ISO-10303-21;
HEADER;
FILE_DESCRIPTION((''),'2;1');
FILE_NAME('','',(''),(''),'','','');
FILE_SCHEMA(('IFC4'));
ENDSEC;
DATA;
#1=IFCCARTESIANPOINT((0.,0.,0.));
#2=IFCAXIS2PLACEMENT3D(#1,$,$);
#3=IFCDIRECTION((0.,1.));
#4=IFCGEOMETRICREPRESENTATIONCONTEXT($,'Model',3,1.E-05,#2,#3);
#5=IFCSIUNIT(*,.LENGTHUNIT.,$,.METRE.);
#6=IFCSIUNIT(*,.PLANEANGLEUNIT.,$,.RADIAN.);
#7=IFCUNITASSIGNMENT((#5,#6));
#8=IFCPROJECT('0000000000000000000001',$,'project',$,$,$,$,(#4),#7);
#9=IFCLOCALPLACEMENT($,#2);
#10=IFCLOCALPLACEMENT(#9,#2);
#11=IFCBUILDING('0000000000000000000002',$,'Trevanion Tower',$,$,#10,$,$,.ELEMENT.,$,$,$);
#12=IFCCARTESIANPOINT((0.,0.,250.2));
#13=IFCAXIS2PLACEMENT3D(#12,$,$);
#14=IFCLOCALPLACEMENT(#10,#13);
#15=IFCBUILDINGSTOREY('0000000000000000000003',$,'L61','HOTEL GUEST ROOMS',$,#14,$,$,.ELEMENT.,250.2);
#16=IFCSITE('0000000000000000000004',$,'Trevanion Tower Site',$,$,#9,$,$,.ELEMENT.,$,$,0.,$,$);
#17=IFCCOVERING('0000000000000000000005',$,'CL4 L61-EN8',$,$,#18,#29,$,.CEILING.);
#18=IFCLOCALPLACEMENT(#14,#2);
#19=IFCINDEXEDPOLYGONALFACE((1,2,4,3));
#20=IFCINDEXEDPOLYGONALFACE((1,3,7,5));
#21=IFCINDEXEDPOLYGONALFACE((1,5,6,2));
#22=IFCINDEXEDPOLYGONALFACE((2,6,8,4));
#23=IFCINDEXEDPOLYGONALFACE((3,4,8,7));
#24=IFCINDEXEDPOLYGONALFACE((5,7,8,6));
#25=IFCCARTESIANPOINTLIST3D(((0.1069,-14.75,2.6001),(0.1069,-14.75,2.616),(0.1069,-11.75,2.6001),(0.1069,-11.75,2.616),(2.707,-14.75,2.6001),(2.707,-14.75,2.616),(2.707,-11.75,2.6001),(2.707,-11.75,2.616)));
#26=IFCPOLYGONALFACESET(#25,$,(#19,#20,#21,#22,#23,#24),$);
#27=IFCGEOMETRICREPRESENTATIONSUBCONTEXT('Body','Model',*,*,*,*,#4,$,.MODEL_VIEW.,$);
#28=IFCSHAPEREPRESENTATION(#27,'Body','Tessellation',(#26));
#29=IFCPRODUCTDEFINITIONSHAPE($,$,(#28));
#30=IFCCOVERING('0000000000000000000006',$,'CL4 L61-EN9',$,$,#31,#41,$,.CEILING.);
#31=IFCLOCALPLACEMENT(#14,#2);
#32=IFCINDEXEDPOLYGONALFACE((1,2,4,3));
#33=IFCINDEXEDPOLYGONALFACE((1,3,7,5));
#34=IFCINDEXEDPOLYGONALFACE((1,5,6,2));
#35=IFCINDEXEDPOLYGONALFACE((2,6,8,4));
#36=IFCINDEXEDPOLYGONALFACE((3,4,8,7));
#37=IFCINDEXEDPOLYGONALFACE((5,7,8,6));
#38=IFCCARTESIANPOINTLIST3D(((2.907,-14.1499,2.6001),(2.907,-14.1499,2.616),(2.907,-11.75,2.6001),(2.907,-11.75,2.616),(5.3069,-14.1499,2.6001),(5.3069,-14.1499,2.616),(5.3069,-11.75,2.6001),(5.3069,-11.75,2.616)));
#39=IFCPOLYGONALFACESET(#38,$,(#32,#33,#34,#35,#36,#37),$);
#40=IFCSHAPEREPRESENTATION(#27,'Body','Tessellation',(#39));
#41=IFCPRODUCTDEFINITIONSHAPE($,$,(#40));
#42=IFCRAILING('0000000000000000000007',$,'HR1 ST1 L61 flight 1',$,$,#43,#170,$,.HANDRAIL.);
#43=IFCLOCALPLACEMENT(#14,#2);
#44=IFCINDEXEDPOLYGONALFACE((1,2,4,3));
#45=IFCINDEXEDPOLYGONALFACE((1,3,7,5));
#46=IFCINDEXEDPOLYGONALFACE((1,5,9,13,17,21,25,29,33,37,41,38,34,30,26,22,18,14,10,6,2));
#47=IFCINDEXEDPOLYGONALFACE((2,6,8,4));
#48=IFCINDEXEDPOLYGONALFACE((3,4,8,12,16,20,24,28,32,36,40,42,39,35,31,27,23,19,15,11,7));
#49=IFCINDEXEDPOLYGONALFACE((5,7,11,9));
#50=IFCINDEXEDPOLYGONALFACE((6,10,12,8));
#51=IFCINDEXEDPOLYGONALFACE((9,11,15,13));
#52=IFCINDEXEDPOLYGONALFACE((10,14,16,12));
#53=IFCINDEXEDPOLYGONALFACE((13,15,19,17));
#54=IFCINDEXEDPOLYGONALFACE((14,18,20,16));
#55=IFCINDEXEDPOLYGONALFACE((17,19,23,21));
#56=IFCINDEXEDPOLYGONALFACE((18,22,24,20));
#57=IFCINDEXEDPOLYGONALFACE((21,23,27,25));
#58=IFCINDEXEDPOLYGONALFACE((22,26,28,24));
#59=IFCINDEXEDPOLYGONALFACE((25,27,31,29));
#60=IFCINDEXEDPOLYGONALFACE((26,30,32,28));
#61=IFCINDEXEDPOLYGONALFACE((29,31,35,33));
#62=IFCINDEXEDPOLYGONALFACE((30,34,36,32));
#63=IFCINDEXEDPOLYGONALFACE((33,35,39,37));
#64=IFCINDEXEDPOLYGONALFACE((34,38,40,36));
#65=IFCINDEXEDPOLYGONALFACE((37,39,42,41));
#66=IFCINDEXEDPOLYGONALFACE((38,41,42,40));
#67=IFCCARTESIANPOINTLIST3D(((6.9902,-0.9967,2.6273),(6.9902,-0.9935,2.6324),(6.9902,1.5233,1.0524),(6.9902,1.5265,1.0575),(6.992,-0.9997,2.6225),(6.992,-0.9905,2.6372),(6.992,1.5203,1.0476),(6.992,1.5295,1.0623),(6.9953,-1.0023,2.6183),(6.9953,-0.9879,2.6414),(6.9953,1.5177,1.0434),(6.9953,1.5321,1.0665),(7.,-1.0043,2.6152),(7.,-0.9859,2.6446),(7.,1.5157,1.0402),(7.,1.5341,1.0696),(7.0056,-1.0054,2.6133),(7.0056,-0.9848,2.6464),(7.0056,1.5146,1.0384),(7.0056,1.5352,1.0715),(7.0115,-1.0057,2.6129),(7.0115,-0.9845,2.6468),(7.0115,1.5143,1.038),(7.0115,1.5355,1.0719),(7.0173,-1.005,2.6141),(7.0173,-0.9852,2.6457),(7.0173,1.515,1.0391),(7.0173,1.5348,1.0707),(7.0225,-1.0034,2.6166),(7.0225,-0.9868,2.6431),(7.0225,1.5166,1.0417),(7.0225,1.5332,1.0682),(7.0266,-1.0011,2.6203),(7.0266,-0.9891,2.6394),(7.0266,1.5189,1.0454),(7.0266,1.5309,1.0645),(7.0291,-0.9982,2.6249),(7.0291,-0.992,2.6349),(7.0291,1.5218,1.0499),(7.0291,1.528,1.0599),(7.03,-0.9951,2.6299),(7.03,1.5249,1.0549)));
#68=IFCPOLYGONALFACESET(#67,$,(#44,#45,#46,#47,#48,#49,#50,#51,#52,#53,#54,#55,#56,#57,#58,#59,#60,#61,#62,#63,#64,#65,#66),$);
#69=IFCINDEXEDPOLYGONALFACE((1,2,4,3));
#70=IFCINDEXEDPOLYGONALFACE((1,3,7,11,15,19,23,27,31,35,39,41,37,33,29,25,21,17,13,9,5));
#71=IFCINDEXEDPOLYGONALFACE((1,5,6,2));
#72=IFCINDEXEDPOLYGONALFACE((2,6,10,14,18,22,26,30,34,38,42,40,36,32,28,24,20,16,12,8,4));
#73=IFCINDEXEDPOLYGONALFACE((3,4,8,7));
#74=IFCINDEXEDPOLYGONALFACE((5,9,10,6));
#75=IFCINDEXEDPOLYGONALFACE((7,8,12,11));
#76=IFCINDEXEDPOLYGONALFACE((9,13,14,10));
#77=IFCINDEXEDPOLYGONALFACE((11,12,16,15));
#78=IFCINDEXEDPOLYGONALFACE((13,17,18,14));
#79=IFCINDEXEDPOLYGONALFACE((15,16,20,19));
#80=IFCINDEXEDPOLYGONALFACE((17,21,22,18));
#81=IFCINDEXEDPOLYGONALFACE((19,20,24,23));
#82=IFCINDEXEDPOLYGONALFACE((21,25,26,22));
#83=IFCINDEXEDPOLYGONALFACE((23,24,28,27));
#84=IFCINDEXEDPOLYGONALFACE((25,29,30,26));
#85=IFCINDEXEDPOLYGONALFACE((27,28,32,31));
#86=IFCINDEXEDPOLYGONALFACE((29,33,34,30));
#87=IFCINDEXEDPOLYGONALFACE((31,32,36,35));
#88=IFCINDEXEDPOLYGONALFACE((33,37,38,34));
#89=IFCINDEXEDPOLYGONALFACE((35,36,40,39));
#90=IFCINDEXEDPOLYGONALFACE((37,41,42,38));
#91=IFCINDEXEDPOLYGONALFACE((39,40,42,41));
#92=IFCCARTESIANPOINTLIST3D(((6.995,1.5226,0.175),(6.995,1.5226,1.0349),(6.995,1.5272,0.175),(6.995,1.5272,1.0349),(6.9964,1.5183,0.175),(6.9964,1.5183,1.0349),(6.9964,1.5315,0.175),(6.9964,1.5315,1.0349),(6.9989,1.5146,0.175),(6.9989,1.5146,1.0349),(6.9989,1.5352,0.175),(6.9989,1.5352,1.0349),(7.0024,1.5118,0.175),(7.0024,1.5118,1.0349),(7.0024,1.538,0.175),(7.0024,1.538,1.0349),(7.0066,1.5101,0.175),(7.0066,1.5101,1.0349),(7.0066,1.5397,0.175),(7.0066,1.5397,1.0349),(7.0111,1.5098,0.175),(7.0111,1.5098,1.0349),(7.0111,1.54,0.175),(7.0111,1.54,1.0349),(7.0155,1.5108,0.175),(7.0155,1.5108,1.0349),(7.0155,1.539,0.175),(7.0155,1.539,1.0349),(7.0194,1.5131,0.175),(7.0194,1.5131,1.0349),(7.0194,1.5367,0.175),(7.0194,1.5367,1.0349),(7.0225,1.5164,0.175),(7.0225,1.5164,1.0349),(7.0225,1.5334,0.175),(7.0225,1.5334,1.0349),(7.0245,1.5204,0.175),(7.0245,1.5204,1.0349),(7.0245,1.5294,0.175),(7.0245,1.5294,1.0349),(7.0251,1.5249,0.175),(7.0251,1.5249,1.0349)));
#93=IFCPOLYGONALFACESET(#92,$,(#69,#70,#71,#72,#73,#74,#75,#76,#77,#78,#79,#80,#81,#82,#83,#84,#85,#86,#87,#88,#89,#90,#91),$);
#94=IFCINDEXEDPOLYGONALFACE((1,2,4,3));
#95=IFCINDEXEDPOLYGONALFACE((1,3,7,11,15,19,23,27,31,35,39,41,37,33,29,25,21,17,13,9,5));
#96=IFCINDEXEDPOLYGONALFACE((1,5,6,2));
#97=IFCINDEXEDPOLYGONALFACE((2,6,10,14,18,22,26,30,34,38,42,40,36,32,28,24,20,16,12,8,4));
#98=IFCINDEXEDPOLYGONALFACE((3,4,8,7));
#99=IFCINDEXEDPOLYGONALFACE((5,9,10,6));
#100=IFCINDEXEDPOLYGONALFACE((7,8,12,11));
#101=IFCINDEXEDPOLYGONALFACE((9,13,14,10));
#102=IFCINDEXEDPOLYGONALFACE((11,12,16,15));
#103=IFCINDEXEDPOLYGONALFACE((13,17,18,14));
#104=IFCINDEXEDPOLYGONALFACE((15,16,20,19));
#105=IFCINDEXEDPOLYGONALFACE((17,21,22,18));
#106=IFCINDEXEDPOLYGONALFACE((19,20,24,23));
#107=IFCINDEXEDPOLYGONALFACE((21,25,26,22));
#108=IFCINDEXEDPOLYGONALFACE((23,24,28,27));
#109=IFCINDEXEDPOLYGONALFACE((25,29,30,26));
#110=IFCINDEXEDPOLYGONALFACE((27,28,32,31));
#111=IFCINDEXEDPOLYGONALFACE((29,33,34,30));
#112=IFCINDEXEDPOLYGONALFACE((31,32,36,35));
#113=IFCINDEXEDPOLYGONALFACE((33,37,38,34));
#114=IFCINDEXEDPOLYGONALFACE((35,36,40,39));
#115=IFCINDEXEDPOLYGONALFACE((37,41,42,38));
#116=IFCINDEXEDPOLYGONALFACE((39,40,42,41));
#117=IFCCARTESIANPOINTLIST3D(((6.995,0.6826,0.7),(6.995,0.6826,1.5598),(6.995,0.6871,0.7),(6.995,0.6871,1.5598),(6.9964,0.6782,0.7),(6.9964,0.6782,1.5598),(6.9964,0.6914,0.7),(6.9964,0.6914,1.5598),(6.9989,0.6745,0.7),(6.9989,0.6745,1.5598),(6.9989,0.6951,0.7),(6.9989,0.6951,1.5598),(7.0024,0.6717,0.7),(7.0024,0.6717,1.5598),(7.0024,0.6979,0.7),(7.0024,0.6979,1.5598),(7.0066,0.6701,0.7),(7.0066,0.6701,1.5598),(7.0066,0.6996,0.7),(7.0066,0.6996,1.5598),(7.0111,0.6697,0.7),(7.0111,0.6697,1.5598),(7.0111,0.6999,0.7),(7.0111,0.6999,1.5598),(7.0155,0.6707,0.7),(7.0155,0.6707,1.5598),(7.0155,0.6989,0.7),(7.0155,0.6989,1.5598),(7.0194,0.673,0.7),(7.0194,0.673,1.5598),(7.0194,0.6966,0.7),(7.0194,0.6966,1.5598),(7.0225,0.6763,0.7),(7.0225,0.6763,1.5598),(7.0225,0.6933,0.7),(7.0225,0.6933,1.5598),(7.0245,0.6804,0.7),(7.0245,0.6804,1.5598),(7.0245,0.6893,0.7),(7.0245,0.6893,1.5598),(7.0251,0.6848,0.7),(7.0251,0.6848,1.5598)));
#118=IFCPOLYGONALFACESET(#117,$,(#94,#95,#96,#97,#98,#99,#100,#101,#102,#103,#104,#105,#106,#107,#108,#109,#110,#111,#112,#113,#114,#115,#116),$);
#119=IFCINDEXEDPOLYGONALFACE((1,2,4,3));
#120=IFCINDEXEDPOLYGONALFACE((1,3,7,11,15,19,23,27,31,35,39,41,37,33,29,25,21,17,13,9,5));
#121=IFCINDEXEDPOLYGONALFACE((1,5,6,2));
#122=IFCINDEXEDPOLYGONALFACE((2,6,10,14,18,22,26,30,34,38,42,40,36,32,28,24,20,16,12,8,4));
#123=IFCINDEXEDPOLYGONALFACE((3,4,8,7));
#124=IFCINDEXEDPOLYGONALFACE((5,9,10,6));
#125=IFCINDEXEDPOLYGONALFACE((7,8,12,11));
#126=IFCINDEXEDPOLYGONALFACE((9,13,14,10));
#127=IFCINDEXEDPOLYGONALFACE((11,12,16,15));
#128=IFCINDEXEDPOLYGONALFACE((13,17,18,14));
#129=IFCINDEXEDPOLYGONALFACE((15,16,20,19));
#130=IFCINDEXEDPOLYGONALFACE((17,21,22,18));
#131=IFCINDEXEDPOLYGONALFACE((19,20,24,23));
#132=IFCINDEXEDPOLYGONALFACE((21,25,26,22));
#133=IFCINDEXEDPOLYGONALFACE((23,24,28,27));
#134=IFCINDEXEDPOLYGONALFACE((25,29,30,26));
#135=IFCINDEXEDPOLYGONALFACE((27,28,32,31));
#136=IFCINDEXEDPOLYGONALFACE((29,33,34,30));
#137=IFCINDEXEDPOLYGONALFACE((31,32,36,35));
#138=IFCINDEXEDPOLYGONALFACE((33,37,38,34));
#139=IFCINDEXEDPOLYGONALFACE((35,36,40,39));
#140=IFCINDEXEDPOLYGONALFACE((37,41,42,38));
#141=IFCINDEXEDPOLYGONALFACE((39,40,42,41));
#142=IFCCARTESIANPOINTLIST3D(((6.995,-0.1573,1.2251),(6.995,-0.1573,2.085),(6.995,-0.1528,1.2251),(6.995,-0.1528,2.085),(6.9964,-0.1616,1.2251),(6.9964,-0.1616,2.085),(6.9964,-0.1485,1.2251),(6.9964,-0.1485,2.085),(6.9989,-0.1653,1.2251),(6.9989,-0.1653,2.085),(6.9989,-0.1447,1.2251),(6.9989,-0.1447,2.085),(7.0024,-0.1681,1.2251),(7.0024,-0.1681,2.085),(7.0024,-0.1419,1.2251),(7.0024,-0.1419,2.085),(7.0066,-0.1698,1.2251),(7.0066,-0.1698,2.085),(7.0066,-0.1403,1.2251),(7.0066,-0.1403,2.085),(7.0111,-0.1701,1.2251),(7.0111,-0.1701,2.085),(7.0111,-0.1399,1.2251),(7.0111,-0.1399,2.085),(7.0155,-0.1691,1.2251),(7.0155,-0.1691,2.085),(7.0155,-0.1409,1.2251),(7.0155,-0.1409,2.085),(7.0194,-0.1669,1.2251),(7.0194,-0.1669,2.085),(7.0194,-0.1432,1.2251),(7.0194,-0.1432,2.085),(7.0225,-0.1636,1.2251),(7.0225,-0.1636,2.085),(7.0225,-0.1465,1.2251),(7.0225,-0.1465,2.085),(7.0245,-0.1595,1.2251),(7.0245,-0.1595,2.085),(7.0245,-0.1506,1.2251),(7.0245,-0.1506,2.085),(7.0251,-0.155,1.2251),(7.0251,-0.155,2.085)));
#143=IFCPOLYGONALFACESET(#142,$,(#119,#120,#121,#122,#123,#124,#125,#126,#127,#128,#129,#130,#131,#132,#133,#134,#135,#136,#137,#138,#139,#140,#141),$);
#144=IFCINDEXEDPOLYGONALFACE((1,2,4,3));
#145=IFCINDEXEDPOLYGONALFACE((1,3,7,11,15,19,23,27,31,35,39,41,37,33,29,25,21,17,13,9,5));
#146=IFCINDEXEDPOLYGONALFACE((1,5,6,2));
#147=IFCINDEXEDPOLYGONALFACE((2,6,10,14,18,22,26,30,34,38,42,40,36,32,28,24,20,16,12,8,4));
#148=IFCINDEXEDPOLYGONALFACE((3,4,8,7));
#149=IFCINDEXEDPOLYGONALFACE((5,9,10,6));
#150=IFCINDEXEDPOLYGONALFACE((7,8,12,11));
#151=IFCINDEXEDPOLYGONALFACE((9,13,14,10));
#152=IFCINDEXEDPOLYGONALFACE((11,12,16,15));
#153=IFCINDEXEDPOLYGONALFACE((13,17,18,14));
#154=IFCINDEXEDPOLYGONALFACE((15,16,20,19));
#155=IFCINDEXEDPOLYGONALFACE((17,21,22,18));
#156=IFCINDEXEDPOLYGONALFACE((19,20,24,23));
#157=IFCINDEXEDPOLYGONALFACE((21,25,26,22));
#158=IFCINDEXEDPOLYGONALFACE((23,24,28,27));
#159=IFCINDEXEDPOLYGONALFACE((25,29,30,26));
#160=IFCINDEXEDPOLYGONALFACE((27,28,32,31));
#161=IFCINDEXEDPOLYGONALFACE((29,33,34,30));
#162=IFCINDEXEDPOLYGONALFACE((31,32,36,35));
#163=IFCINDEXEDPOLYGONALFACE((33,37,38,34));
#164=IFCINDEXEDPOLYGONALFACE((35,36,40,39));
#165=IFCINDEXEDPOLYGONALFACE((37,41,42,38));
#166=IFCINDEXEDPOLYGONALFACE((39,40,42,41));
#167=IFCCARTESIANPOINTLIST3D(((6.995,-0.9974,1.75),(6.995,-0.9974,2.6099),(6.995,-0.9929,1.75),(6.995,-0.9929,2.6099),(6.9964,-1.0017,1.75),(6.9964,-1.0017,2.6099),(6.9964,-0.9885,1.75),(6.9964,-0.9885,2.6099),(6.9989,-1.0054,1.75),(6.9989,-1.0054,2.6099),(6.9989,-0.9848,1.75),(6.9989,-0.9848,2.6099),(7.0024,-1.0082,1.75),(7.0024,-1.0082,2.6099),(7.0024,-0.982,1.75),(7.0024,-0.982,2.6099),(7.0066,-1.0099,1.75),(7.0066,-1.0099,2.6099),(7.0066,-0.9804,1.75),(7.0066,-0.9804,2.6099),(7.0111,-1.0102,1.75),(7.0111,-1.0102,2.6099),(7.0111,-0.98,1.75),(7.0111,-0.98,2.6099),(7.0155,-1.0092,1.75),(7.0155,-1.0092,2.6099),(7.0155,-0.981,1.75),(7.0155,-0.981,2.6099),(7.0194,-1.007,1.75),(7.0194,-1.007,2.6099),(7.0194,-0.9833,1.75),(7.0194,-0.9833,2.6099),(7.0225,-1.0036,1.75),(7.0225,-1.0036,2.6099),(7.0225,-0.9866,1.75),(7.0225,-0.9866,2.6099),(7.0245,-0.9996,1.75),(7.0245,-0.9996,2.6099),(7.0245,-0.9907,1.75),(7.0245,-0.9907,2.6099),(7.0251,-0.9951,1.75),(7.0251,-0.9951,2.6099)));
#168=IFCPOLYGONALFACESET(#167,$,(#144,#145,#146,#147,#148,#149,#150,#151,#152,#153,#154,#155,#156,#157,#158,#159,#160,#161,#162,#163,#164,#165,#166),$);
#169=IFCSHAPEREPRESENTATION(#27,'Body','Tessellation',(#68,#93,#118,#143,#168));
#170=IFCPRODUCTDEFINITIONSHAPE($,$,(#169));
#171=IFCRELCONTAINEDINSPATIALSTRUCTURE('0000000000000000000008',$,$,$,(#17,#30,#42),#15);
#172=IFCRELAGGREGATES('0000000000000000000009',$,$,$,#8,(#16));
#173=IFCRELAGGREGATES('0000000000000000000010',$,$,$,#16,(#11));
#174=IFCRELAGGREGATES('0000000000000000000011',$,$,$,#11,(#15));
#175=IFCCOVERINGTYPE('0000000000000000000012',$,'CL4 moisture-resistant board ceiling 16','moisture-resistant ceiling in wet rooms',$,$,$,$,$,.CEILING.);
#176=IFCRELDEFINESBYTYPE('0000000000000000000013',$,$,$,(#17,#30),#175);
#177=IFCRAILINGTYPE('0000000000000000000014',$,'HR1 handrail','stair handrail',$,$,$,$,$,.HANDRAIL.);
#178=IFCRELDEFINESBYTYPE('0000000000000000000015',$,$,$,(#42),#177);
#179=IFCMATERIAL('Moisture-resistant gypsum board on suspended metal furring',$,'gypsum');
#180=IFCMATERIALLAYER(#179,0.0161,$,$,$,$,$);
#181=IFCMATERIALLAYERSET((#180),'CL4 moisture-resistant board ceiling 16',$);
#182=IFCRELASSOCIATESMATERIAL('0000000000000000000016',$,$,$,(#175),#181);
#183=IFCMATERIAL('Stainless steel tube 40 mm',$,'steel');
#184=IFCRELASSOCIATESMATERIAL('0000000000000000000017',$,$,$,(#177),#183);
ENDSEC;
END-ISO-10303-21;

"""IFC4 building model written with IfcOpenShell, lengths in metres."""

from ifc_helpers import new_model, si_unit, direction, frame, origin, origin_2d, place, context, subcontext, project, spatial, polyline, circle, outline, extrude, material, layer, layer_set, type_object, element, save


model = new_model("IFC4")

# Units and contexts
model_context = context("Model", 3, precision=1e-05, world=origin(), true_north=direction((0.0, 1.0)))
body_context = subcontext(model_context, "Body", "Model", "MODEL_VIEW")
ifc_project = project(units=[si_unit("LENGTHUNIT", "METRE"), si_unit("PLANEANGLEUNIT", "RADIAN")], contexts=[model_context])

# Site, building, storey
site_placement = place(None, origin())
site = spatial("IfcSite", under=ifc_project, at=site_placement, Name="Trevanion Tower Site", CompositionType="ELEMENT", RefElevation=0.0)
building_placement = place(site_placement, origin())
building = spatial("IfcBuilding", under=site, at=building_placement, Name="Trevanion Tower", CompositionType="ELEMENT")
storey_placement = place(building_placement, frame((0.0, 0.0, 250.2)))
storey = spatial("IfcBuildingStorey", under=building, at=storey_placement, Name="L61", Description="HOTEL GUEST ROOMS", CompositionType="ELEMENT", Elevation=250.2)

# Coverings
ifc_material_1 = material(Name="Moisture-resistant gypsum board on suspended metal furring", Category="gypsum")
ifc_layer_1 = layer(ifc_material_1, 0.0161)
ifc_layer_set_1 = layer_set([ifc_layer_1], Name="CL4 moisture-resistant board ceiling 16")
covering_type_1 = type_object("IfcCoveringType", Name="CL4 moisture-resistant board ceiling 16", Description="moisture-resistant ceiling in wet rooms", PredefinedType="CEILING", material=ifc_layer_set_1)
covering_1_placement = place(storey_placement, frame((0.0, 0.0, 2.6001)))
element("IfcCovering", 1, at=covering_1_placement, inside=storey, type_object=covering_type_1, Name="CL4 L61-EN8", PredefinedType="CEILING", context=body_context, shape_type="SweptSolid", body=[
    extrude(outline(polyline([(0.1069, -14.75), (2.707, -14.75), (2.707, -11.75), (0.1069, -11.75), (0.1069, -14.75)])), origin(), (0.0, 0.0, 1.0), 0.0159),
])
covering_2_placement = place(storey_placement, frame((0.0, 0.0, 2.6001)))
element("IfcCovering", 2, at=covering_2_placement, inside=storey, type_object=covering_type_1, Name="CL4 L61-EN9", PredefinedType="CEILING", context=body_context, shape_type="SweptSolid", body=[
    extrude(outline(polyline([(2.907, -14.1499), (5.3069, -14.1499), (5.3069, -11.75), (2.907, -11.75), (2.907, -14.1499)])), origin(), (0.0, 0.0, 1.0), 0.0159),
])

# Railing
ifc_material_2 = material(Name="Stainless steel tube 40 mm", Category="steel")
railing_type = type_object("IfcRailingType", Name="HR1 handrail", Description="stair handrail", PredefinedType="HANDRAIL", material=ifc_material_2)
for number, where, name in (
    (3, (7.01, 1.5249, 0.175), "HR1 ST1 L61 flight 1"),
):
    element("IfcRailing", number, at=place(storey_placement, frame(where)), inside=storey, type_object=railing_type, Name=name, PredefinedType="HANDRAIL", context=body_context, shape_type="SweptSolid", body=[
        extrude(circle(Radius=0.02, at=origin_2d()), frame((0.0, 0.0, 0.8799), z_axis=(0.0, -0.848008, 0.529984), x_axis=(1.0, 0.0, 0.0)), (0.0, 0.0, 1.0), 2.9717),
        extrude(circle(Radius=0.0151, at=origin_2d()), origin(), (0.0, 0.0, 1.0), 0.8599),
        extrude(circle(Radius=0.0151, at=origin_2d()), frame((0.0, -0.8401, 0.5249)), (0.0, 0.0, 1.0), 0.8599),
        extrude(circle(Radius=0.0151, at=origin_2d()), frame((0.0, -1.6799, 1.05)), (0.0, 0.0, 1.0), 0.8599),
        extrude(circle(Radius=0.0151, at=origin_2d()), frame((0.0, -2.52, 1.575)), (0.0, 0.0, 1.0), 0.8599),
    ])

save(model, "model.ifc")
